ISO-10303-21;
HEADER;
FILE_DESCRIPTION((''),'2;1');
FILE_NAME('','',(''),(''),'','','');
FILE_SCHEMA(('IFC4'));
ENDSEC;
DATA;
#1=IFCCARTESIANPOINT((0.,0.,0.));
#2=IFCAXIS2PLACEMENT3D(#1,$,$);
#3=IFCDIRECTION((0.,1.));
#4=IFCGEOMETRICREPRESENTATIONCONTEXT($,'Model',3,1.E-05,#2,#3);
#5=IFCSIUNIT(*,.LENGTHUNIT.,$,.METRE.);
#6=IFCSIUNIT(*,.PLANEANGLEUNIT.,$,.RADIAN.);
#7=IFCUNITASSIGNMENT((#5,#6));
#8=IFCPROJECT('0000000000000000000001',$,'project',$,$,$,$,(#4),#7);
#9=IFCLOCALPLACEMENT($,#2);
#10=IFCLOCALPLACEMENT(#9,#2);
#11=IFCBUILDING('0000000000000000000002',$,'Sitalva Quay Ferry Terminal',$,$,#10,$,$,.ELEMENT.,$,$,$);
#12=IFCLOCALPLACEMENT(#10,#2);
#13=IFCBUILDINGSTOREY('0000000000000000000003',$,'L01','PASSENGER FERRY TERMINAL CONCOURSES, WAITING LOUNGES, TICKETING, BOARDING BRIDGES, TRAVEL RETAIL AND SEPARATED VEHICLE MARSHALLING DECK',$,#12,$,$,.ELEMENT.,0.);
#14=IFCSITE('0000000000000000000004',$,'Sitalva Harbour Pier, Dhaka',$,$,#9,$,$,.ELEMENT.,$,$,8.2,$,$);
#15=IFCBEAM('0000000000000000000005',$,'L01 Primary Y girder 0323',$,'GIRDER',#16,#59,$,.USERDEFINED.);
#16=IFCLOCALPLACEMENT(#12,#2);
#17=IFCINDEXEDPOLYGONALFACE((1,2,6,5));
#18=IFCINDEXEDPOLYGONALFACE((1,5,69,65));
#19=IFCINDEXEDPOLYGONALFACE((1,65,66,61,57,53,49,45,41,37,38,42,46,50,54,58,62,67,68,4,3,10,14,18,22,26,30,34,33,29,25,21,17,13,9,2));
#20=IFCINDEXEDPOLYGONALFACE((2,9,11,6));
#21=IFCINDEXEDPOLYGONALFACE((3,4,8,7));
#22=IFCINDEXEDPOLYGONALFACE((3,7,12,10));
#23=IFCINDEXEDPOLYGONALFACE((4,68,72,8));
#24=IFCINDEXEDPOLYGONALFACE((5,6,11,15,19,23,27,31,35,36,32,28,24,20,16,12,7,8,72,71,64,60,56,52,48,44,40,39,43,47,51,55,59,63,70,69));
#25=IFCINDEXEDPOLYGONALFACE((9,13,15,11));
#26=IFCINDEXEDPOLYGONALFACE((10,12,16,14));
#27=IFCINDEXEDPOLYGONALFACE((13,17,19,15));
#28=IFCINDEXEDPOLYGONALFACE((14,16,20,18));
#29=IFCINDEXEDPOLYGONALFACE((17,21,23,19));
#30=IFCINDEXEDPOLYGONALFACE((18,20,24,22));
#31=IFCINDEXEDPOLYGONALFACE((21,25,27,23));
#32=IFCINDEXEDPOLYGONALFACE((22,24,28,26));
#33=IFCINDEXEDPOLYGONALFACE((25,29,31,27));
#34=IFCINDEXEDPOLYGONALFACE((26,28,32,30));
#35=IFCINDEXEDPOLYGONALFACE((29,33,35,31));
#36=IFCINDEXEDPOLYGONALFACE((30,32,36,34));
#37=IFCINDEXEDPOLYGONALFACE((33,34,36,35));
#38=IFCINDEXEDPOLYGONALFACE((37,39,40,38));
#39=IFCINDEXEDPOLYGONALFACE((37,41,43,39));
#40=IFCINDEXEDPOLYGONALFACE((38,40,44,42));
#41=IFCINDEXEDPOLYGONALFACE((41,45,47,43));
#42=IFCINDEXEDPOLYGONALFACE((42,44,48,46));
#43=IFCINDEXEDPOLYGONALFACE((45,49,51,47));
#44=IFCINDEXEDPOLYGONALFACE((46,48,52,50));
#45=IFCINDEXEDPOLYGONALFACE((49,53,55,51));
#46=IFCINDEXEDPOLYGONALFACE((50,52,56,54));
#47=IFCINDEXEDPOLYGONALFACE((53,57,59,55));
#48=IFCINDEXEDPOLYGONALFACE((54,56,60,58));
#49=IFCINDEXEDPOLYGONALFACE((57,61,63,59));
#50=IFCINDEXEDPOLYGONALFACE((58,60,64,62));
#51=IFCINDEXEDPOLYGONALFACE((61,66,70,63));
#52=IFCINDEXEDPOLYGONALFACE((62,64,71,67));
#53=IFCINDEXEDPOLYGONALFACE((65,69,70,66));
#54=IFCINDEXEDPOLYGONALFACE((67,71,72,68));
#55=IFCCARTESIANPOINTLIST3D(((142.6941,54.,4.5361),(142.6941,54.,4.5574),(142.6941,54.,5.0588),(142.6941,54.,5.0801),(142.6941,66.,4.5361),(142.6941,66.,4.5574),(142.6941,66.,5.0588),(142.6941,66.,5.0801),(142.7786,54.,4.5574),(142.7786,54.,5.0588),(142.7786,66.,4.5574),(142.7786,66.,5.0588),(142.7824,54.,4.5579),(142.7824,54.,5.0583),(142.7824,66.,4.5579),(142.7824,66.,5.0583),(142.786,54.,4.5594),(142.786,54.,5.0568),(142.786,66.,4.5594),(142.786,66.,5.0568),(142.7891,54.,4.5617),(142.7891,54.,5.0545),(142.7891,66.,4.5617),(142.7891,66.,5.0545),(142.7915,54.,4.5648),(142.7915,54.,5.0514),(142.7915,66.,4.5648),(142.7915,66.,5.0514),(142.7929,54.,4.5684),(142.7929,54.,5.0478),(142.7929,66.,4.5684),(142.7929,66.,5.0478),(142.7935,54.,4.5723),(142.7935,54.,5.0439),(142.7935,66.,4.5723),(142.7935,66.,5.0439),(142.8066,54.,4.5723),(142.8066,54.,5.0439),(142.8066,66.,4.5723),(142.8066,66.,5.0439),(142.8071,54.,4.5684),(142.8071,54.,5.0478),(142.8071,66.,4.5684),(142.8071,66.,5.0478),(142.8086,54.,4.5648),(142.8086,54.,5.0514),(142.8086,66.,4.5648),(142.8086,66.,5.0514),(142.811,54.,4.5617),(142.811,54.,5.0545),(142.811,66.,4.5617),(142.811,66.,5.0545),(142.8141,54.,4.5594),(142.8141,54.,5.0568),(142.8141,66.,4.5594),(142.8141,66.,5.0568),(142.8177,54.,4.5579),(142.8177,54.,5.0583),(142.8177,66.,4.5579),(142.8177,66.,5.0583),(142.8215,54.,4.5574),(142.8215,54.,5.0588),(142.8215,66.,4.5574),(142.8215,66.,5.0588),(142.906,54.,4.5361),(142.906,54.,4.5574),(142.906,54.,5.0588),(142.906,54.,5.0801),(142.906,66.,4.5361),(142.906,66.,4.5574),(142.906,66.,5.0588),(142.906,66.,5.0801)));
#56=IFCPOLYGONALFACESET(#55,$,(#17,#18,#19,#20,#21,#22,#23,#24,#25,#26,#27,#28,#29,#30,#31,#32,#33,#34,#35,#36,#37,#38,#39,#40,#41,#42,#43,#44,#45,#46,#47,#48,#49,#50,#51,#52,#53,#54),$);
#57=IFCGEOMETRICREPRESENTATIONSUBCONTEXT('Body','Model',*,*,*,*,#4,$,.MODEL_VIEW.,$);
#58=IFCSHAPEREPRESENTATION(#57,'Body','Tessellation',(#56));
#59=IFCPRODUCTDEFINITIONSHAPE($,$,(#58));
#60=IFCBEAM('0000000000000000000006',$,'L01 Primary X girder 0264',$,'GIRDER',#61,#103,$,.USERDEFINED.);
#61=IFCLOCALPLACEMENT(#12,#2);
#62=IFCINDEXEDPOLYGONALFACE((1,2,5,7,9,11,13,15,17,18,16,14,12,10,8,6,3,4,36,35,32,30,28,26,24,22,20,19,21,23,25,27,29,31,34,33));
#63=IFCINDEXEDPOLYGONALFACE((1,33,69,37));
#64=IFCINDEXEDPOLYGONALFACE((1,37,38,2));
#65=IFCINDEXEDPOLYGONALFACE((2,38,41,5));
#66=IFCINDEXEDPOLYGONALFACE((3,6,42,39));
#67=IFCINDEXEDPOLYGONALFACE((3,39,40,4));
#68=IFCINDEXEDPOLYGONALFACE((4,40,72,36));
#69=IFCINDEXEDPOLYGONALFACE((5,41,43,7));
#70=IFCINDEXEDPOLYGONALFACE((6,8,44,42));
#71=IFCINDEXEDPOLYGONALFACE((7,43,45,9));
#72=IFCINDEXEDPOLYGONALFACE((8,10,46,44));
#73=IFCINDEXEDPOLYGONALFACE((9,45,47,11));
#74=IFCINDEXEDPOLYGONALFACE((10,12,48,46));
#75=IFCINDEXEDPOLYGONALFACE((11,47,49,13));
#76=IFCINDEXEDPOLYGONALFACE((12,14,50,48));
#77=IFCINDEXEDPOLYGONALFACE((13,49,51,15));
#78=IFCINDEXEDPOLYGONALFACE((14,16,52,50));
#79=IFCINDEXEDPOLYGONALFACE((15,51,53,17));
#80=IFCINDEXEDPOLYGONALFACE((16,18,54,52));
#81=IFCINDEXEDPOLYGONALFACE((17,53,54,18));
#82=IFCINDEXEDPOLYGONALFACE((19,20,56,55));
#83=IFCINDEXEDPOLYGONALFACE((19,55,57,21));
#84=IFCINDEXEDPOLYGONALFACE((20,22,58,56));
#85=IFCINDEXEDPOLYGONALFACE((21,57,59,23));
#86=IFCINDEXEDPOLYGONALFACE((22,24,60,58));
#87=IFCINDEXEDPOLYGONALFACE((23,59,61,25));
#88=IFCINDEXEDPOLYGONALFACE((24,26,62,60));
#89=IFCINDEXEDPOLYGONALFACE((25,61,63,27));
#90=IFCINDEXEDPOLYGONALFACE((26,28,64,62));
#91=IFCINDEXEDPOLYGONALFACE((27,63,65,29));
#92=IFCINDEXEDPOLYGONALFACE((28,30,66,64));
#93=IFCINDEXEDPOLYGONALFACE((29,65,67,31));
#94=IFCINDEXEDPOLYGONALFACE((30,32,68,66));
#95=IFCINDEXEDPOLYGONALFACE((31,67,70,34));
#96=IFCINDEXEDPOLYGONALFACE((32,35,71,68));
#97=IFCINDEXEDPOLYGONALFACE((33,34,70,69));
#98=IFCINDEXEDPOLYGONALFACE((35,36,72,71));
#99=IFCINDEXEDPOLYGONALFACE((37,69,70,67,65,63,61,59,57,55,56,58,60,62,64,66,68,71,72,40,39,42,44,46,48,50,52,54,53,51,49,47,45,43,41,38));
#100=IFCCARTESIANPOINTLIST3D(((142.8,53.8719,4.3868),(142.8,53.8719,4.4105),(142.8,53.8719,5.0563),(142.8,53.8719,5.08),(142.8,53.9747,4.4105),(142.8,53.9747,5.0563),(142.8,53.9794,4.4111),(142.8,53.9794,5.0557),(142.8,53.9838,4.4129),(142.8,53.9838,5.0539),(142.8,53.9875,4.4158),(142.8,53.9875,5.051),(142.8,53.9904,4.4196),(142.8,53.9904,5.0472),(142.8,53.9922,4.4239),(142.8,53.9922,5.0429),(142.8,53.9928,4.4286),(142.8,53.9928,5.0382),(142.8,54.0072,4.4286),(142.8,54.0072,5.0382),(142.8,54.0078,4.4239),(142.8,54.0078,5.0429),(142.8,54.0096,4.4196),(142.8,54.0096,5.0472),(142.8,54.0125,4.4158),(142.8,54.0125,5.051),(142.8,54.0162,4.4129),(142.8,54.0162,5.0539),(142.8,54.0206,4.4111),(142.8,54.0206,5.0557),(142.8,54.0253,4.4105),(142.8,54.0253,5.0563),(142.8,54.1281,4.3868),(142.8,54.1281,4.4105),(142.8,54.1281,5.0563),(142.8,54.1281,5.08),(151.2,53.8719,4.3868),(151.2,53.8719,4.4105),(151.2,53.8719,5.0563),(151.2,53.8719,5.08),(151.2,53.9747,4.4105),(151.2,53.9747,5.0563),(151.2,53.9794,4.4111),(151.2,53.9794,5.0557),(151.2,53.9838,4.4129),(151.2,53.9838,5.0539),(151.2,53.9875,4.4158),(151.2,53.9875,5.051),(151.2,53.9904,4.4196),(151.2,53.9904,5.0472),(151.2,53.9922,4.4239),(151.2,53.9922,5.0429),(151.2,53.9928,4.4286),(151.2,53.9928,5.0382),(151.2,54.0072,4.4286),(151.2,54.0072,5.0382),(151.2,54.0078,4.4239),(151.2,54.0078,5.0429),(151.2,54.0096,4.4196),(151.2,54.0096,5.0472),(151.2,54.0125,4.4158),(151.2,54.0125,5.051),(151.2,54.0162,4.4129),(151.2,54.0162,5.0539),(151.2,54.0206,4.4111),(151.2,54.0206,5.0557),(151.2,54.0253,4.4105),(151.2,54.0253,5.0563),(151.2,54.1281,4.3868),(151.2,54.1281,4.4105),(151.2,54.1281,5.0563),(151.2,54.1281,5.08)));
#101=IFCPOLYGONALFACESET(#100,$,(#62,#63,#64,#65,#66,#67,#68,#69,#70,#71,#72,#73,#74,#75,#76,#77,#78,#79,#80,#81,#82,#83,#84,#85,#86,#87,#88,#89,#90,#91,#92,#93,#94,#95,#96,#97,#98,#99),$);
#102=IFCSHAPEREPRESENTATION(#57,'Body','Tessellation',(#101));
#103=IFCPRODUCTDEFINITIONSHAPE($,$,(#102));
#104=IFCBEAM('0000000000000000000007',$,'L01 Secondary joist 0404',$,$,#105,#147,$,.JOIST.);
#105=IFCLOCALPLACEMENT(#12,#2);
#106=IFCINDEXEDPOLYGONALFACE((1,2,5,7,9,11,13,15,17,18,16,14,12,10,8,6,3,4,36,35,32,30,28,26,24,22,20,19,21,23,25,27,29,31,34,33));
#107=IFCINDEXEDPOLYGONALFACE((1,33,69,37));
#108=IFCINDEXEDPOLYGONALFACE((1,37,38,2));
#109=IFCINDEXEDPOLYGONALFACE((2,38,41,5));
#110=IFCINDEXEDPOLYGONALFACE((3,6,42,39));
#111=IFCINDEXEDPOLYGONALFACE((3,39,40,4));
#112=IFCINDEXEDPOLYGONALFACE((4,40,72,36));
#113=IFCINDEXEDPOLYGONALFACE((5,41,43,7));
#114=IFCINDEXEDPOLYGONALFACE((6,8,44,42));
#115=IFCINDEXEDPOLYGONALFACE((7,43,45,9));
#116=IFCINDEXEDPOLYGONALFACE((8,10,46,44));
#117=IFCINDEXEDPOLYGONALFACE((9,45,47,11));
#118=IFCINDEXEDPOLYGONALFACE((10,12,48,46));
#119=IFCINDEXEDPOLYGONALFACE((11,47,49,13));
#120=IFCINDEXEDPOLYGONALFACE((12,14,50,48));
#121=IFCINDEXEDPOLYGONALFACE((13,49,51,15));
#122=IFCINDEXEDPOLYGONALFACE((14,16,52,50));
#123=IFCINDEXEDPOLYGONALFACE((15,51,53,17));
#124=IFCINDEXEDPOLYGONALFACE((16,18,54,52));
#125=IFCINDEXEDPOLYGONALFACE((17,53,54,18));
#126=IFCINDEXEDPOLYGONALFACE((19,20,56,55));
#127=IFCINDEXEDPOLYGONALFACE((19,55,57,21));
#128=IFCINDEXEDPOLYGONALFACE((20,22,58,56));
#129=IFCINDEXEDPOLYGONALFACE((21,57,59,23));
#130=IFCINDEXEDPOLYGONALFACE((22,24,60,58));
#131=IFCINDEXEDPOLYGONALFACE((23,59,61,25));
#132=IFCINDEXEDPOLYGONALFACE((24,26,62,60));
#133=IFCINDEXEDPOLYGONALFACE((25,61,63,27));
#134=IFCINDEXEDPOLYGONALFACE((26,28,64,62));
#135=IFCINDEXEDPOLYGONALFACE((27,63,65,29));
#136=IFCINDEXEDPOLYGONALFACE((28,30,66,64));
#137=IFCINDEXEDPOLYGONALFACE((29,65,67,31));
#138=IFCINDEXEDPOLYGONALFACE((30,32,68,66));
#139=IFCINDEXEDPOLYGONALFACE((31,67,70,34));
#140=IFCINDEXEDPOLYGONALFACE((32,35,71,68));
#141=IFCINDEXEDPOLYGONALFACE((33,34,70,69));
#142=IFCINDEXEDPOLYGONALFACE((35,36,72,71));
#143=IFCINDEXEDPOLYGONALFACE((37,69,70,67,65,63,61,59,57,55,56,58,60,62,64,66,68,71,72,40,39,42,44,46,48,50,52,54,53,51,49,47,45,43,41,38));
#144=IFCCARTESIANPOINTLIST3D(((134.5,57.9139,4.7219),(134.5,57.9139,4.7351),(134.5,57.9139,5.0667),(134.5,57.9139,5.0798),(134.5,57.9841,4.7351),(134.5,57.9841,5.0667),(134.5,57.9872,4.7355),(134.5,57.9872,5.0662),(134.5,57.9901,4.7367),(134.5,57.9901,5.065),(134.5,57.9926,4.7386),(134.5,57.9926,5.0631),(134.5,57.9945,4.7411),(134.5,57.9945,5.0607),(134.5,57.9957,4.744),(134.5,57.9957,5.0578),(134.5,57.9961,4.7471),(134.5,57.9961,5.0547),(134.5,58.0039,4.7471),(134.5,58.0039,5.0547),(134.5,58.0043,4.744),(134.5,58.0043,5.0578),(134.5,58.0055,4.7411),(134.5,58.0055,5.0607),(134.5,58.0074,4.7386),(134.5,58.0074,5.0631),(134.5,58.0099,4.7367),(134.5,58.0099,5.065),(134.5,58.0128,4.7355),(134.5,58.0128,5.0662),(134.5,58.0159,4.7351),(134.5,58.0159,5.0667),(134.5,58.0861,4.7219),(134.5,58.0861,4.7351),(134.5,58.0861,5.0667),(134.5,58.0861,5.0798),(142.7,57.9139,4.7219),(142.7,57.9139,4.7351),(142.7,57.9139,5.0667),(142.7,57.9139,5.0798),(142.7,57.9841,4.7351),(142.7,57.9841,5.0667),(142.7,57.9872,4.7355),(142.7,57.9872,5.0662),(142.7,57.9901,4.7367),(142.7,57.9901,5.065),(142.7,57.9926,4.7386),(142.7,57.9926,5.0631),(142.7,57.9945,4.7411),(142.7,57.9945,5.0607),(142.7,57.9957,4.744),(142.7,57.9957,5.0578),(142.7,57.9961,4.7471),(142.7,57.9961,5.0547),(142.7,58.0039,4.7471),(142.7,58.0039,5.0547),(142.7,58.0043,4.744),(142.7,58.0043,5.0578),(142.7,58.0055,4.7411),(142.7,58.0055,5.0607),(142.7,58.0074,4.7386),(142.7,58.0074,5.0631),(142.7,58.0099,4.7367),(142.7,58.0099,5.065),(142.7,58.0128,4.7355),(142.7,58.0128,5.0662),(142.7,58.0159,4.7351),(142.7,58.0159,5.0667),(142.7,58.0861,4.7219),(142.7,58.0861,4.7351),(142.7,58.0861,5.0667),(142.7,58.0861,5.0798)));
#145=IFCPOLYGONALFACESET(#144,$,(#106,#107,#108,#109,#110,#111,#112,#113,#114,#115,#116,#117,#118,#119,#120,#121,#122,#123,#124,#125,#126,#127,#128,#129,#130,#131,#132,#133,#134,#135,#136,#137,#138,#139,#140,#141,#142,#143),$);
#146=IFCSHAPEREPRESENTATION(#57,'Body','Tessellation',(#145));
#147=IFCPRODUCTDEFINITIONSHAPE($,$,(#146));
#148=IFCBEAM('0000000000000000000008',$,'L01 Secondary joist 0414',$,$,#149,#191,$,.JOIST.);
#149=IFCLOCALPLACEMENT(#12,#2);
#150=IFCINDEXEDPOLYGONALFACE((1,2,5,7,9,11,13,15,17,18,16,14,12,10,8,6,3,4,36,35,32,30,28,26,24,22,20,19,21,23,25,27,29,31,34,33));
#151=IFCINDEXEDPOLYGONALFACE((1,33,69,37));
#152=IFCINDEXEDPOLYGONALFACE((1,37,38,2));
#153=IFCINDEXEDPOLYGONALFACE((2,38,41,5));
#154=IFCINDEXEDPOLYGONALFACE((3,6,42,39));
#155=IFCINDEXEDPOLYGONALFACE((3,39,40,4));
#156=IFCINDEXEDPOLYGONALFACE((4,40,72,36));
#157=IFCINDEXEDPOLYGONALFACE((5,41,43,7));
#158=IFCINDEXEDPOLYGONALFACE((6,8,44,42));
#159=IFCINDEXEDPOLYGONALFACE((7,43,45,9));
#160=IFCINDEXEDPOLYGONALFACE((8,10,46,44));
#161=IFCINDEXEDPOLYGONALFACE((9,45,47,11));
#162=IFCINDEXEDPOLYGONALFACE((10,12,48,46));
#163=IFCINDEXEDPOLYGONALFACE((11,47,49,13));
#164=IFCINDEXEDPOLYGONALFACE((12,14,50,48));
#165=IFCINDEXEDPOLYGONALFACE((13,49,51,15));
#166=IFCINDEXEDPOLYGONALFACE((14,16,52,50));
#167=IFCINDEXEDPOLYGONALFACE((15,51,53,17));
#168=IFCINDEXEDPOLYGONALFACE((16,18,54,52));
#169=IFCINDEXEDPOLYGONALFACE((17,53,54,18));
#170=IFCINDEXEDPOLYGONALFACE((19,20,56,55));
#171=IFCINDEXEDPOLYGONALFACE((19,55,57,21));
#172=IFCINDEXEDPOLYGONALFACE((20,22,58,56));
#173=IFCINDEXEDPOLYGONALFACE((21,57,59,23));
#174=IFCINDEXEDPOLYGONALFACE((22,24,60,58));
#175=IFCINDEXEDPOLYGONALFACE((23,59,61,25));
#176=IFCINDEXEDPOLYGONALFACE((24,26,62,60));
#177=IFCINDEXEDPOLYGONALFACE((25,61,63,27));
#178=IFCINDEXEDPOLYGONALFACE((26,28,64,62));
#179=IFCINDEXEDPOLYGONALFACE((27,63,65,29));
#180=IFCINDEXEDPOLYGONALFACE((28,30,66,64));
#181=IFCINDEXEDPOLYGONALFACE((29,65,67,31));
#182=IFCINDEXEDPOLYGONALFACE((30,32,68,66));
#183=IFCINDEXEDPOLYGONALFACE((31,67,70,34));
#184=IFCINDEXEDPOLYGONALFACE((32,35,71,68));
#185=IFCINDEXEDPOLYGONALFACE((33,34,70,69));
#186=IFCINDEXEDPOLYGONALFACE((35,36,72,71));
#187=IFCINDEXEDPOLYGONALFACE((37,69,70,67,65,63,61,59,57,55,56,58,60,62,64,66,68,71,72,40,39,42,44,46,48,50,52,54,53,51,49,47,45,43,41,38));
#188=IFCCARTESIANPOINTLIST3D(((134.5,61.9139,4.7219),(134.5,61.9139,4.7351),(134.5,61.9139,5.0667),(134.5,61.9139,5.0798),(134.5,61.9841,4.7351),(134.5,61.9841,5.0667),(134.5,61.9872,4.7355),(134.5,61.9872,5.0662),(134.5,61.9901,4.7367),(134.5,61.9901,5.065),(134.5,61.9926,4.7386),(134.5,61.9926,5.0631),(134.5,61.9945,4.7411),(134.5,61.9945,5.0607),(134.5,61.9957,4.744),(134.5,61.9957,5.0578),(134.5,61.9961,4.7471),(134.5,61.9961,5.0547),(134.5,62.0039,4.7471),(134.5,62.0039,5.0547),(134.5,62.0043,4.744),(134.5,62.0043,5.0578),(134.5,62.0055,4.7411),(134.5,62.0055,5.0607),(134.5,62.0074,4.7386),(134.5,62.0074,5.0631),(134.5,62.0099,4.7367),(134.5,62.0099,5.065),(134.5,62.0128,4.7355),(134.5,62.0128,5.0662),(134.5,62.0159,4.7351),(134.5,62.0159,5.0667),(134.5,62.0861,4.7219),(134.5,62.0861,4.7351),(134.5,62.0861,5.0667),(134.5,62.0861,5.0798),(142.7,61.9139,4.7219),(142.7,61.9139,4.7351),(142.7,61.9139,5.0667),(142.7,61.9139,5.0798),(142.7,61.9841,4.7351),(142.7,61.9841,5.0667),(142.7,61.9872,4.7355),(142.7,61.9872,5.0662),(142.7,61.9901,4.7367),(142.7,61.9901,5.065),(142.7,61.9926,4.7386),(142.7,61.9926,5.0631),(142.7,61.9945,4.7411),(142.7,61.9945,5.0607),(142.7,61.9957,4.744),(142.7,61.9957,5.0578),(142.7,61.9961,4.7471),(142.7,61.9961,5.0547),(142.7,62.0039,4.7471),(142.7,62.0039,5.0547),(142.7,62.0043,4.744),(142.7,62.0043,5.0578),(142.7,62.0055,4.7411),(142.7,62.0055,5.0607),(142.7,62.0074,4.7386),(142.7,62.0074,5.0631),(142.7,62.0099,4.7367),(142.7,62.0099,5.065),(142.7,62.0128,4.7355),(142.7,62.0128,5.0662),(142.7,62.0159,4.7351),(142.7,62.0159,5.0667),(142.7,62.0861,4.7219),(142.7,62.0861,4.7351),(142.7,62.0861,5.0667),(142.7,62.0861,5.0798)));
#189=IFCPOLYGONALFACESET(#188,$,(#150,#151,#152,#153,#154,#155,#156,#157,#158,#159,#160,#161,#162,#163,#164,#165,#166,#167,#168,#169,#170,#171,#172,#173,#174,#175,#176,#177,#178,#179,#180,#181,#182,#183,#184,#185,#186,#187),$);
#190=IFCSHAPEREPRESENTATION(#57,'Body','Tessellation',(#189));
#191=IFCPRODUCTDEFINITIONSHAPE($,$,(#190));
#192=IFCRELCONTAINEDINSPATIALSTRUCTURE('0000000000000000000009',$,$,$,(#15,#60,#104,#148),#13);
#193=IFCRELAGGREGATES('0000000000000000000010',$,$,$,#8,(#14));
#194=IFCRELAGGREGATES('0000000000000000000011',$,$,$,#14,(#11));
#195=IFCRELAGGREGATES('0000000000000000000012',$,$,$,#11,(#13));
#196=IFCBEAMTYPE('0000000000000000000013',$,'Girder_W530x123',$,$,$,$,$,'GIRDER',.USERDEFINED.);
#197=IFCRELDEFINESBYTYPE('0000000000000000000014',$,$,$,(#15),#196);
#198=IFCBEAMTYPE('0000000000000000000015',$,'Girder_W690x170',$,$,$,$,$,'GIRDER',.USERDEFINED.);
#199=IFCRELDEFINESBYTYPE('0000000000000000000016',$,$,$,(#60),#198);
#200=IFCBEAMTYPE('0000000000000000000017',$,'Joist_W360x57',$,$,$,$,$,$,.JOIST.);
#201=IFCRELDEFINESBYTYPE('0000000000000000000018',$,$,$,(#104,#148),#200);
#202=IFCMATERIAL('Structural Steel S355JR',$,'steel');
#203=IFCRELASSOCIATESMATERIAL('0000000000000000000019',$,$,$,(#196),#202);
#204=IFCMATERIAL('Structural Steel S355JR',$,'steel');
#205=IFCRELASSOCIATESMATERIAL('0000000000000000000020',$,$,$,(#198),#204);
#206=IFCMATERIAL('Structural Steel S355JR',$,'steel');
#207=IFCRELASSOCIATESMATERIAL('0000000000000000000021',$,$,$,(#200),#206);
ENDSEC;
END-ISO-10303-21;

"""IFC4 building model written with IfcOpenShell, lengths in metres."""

from ifc_helpers import new_model, si_unit, direction, frame, origin, origin_2d, place, context, subcontext, project, spatial, i_section, extrude, material, material_profile, profile_set, type_object, element, save


model = new_model("IFC4")

# Units and contexts
model_context = context("Model", 3, precision=1e-05, world=origin(), true_north=direction((0.0, 1.0)))
body_context = subcontext(model_context, "Body", "Model", "MODEL_VIEW")
ifc_project = project(units=[si_unit("LENGTHUNIT", "METRE"), si_unit("PLANEANGLEUNIT", "RADIAN")], contexts=[model_context])

# Site, building, storey
site_placement = place(None, origin())
site = spatial("IfcSite", under=ifc_project, at=site_placement, Name="Sitalva Harbour Pier, Dhaka", CompositionType="ELEMENT", RefElevation=8.2)
building_placement = place(site_placement, origin())
building = spatial("IfcBuilding", under=site, at=building_placement, Name="Sitalva Quay Ferry Terminal", CompositionType="ELEMENT")
storey_placement = place(building_placement, origin())
storey = spatial("IfcBuildingStorey", under=building, at=storey_placement, Name="L01", Description="PASSENGER FERRY TERMINAL CONCOURSES, WAITING LOUNGES, TICKETING, BOARDING BRIDGES, TRAVEL RETAIL AND SEPARATED VEHICLE MARSHALLING DECK", CompositionType="ELEMENT", Elevation=0.0)

# Beams
ifc_material_1 = material(Name="Structural Steel S355JR", Category="steel")
ifc_material_profile_1 = material_profile(ifc_material_1, i_section(OverallWidth=0.2119, OverallDepth=0.5439, WebThickness=0.0132, FlangeThickness=0.0212, FilletRadius=0.0149, at=origin_2d()), Name="W530x123")
ifc_profile_set_1 = profile_set([ifc_material_profile_1], Name="Structural Steel S355JR")
beam_type_1 = type_object("IfcBeamType", Name="Girder_W530x123", ElementType="GIRDER", PredefinedType="USERDEFINED", material=ifc_profile_set_1)
for number, where, z_axis, x_axis, name in (
    (1, (142.8, 54.0, 4.8081), (0.0, 1.0, 0.0), (-1.0, 0.0, 0.0), "L01 Primary Y girder 0323"),
):
    element("IfcBeam", number, at=place(storey_placement, frame(where, z_axis=z_axis, x_axis=x_axis)), inside=storey, type_object=beam_type_1, Name=name, ObjectType="GIRDER", PredefinedType="USERDEFINED", context=body_context, shape_type="SweptSolid", body=[
        extrude(i_section(OverallWidth=0.2119, OverallDepth=0.5439, WebThickness=0.0132, FlangeThickness=0.0212, FilletRadius=0.0149, at=origin_2d()), origin(), (0.0, 0.0, 1.0), 12.0),
    ])
ifc_material_2 = material(Name="Structural Steel S355JR", Category="steel")
ifc_material_profile_2 = material_profile(ifc_material_2, i_section(OverallWidth=0.2561, OverallDepth=0.6931, WebThickness=0.0144, FlangeThickness=0.0237, FilletRadius=0.0181, at=origin_2d()), Name="W690x170")
ifc_profile_set_2 = profile_set([ifc_material_profile_2], Name="Structural Steel S355JR")
beam_type_2 = type_object("IfcBeamType", Name="Girder_W690x170", ElementType="GIRDER", PredefinedType="USERDEFINED", material=ifc_profile_set_2)
beam_1_placement = place(storey_placement, frame((142.8, 54.0, 4.7334), z_axis=(1.0, 0.0, 0.0), x_axis=(0.0, 1.0, 0.0)))
element("IfcBeam", 2, at=beam_1_placement, inside=storey, type_object=beam_type_2, Name="L01 Primary X girder 0264", ObjectType="GIRDER", PredefinedType="USERDEFINED", context=body_context, shape_type="SweptSolid", body=[
    extrude(i_section(OverallWidth=0.2561, OverallDepth=0.6931, WebThickness=0.0144, FlangeThickness=0.0237, FilletRadius=0.0181, at=origin_2d()), origin(), (0.0, 0.0, 1.0), 8.3999),
])
ifc_material_3 = material(Name="Structural Steel S355JR", Category="steel")
ifc_material_profile_3 = material_profile(ifc_material_3, i_section(OverallWidth=0.1721, OverallDepth=0.3579, WebThickness=0.0078, FlangeThickness=0.0132, FilletRadius=0.012, at=origin_2d()), Name="W360x57")
ifc_profile_set_3 = profile_set([ifc_material_profile_3], Name="Structural Steel S355JR")
beam_type_3 = type_object("IfcBeamType", Name="Joist_W360x57", PredefinedType="JOIST", material=ifc_profile_set_3)
for number, where, z_axis, x_axis, name in (
    (3, (134.5, 58.0, 4.9009), (1.0, 0.0, 0.0), (0.0, 1.0, 0.0), "L01 Secondary joist 0404"),
    (4, (134.5, 62.0, 4.9009), (1.0, 0.0, 0.0), (0.0, 1.0, 0.0), "L01 Secondary joist 0414"),
):
    element("IfcBeam", number, at=place(storey_placement, frame(where, z_axis=z_axis, x_axis=x_axis)), inside=storey, type_object=beam_type_3, Name=name, PredefinedType="JOIST", context=body_context, shape_type="SweptSolid", body=[
        extrude(i_section(OverallWidth=0.1721, OverallDepth=0.3579, WebThickness=0.0078, FlangeThickness=0.0132, FilletRadius=0.012, at=origin_2d()), origin(), (0.0, 0.0, 1.0), 8.2),
    ])

save(model, "model.ifc")
